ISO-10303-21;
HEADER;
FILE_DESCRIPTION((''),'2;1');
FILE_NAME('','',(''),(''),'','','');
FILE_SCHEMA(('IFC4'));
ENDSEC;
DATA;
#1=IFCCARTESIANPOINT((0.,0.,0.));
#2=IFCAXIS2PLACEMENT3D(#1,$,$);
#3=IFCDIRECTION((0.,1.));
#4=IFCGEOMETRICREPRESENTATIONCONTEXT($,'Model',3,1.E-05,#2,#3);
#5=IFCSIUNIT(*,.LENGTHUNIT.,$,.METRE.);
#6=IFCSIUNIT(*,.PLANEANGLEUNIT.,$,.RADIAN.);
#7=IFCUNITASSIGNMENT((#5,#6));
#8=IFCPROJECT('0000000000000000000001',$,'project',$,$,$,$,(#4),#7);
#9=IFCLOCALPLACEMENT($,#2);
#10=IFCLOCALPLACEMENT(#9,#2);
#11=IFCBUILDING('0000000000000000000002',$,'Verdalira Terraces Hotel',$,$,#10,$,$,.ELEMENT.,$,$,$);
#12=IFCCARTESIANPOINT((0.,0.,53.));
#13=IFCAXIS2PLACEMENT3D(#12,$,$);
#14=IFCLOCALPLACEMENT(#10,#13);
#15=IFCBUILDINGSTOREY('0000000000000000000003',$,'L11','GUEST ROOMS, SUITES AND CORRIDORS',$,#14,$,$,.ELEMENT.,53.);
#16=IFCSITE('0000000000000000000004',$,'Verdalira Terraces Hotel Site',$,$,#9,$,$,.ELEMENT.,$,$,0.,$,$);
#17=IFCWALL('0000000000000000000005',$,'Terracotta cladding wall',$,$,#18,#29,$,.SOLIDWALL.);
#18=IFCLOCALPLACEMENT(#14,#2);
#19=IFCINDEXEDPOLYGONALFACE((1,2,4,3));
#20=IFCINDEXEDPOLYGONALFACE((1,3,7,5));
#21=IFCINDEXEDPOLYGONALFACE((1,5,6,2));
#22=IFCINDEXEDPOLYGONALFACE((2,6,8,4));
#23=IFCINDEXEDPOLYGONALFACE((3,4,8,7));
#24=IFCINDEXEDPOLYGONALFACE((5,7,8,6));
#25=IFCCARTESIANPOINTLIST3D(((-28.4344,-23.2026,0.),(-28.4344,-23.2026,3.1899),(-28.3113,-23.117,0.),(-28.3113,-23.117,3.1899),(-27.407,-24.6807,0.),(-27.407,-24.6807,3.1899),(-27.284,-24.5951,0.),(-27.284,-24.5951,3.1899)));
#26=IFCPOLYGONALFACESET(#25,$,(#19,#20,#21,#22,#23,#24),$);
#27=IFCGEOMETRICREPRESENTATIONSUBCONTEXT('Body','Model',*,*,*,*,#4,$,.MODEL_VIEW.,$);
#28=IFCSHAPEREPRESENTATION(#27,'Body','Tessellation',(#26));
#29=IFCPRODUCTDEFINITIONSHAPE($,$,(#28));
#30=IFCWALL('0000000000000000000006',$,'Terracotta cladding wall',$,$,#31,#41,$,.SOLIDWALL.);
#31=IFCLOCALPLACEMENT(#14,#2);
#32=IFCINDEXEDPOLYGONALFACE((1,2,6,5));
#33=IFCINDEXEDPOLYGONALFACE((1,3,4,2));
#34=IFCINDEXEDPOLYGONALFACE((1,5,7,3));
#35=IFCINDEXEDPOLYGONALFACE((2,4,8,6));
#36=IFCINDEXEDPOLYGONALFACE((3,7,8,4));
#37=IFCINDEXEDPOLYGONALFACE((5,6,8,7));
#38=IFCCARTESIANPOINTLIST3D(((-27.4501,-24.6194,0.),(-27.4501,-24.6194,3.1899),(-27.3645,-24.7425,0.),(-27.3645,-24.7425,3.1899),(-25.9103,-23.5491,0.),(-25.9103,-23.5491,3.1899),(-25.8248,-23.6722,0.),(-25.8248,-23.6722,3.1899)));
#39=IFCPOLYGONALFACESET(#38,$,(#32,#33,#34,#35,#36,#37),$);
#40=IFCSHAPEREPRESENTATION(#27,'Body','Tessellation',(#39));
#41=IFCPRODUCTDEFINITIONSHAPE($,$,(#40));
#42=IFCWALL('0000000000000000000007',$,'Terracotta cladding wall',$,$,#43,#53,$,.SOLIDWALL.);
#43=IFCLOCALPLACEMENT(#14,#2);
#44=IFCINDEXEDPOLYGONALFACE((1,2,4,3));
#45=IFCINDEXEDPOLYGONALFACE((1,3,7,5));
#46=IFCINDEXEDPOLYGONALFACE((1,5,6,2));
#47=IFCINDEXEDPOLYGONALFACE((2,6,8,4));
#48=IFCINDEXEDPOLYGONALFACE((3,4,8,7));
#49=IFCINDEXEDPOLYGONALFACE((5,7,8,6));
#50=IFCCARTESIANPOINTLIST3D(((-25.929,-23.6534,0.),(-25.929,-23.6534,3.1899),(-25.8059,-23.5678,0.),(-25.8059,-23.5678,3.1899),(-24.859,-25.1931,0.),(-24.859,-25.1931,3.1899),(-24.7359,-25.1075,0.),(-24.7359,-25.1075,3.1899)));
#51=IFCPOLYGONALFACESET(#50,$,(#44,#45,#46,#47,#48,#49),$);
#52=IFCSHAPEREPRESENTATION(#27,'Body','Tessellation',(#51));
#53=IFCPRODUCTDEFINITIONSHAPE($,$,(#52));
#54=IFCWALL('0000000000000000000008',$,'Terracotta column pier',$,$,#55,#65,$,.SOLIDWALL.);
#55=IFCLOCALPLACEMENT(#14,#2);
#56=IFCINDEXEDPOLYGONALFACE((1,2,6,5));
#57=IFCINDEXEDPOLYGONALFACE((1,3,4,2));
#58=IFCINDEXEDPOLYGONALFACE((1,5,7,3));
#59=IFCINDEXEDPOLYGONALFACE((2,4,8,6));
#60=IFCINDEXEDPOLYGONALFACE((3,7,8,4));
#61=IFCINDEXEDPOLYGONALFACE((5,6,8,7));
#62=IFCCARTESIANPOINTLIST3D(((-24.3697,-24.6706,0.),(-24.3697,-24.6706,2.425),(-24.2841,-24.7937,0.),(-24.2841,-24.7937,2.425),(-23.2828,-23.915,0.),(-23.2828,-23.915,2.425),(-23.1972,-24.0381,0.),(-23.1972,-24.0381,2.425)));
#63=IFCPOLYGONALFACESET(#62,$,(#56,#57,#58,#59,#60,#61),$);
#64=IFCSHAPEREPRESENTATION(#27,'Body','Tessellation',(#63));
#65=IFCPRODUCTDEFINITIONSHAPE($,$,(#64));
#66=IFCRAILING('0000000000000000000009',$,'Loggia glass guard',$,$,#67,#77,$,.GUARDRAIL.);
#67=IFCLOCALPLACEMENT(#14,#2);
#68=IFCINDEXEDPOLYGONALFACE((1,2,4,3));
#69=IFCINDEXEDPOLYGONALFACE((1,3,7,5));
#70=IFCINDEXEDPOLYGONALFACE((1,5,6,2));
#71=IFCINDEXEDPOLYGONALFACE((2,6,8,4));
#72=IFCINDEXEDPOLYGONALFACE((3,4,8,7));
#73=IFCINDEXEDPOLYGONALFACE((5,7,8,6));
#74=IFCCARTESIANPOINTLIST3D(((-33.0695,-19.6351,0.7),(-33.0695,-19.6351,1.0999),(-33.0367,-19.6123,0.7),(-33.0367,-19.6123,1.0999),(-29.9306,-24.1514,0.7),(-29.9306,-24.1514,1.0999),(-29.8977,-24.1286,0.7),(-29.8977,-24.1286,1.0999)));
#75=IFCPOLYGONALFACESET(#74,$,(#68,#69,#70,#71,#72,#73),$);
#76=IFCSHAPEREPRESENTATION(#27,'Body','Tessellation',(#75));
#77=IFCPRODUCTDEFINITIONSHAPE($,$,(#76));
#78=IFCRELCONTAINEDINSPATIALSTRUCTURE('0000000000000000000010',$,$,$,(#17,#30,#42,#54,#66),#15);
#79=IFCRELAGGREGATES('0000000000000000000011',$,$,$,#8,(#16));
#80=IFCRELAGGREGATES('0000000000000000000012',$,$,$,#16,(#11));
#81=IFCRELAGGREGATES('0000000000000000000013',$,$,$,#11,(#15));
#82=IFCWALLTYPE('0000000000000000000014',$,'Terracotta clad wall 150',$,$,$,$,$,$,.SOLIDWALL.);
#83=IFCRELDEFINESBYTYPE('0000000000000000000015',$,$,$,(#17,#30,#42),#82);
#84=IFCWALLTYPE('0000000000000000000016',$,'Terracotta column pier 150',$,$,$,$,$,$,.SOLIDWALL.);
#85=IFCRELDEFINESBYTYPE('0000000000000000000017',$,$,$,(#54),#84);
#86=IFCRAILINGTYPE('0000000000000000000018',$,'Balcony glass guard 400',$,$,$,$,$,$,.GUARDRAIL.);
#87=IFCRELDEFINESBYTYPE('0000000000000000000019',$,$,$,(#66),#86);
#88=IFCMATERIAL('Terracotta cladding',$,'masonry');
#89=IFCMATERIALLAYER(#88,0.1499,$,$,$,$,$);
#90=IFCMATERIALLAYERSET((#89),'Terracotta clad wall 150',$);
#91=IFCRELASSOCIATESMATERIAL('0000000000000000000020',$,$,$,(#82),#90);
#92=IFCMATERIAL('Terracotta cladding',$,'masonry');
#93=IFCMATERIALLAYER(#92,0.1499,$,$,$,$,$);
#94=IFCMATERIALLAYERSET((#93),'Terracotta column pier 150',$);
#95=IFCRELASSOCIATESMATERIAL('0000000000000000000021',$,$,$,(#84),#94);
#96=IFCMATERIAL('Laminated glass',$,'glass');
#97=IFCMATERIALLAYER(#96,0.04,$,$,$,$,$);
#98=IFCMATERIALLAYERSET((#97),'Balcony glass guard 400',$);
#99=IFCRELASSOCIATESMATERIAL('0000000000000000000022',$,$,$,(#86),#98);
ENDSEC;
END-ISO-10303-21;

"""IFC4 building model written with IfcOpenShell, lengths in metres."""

from ifc_helpers import new_model, si_unit, direction, frame, frame_2d, origin, origin_2d, place, context, subcontext, project, spatial, rectangle, extrude, material, layer, layer_set, type_object, element, save


model = new_model("IFC4")

# Units and contexts
model_context = context("Model", 3, precision=1e-05, world=origin(), true_north=direction((0.0, 1.0)))
body_context = subcontext(model_context, "Body", "Model", "MODEL_VIEW")
ifc_project = project(units=[si_unit("LENGTHUNIT", "METRE"), si_unit("PLANEANGLEUNIT", "RADIAN")], contexts=[model_context])

# Site, building, storey
site_placement = place(None, origin())
site = spatial("IfcSite", under=ifc_project, at=site_placement, Name="Verdalira Terraces Hotel Site", CompositionType="ELEMENT", RefElevation=0.0)
building_placement = place(site_placement, origin())
building = spatial("IfcBuilding", under=site, at=building_placement, Name="Verdalira Terraces Hotel", CompositionType="ELEMENT")
storey_placement = place(building_placement, frame((0.0, 0.0, 53.0)))
storey = spatial("IfcBuildingStorey", under=building, at=storey_placement, Name="L11", Description="GUEST ROOMS, SUITES AND CORRIDORS", CompositionType="ELEMENT", Elevation=53.0)

# Walls
ifc_material_1 = material(Name="Terracotta cladding", Category="masonry")
ifc_layer_1 = layer(ifc_material_1, 0.1499)
ifc_layer_set_1 = layer_set([ifc_layer_1], Name="Terracotta clad wall 150")
wall_type_1 = type_object("IfcWallType", Name="Terracotta clad wall 150", PredefinedType="SOLIDWALL", material=ifc_layer_set_1)
wall_1_placement = place(storey_placement, frame((-28.3728, -23.1599, 0.0), z_axis=(0.0, 0.0, 1.0), x_axis=(0.570747, -0.821126, 0.0)))
element("IfcWall", 1, at=wall_1_placement, inside=storey, type_object=wall_type_1, Name="Terracotta cladding wall", PredefinedType="SOLIDWALL", context=body_context, shape_type="SweptSolid", body=[
    extrude(rectangle(XDim=1.8, YDim=0.1499, at=frame_2d((0.8999, 0.0))), origin(), (0.0, 0.0, 1.0), 3.1899),
])
wall_2_placement = place(storey_placement, frame((-27.4072, -24.6809, 0.0), z_axis=(0.0, 0.0, 1.0), x_axis=(0.821117, 0.570759, 0.0)))
element("IfcWall", 2, at=wall_2_placement, inside=storey, type_object=wall_type_1, Name="Terracotta cladding wall", PredefinedType="SOLIDWALL", context=body_context, shape_type="SweptSolid", body=[
    extrude(rectangle(XDim=1.8752, YDim=0.1499, at=frame_2d((0.9375, 0.0))), origin(), (0.0, 0.0, 1.0), 3.1899),
])
wall_3_placement = place(storey_placement, frame((-25.8674, -23.6106, 0.0), z_axis=(0.0, 0.0, 1.0), x_axis=(0.570671, -0.821178, 0.0)))
element("IfcWall", 3, at=wall_3_placement, inside=storey, type_object=wall_type_1, Name="Terracotta cladding wall", PredefinedType="SOLIDWALL", context=body_context, shape_type="SweptSolid", body=[
    extrude(rectangle(XDim=1.875, YDim=0.1499, at=frame_2d((0.9375, 0.0))), origin(), (0.0, 0.0, 1.0), 3.1899),
])
ifc_material_2 = material(Name="Terracotta cladding", Category="masonry")
ifc_layer_2 = layer(ifc_material_2, 0.1499)
ifc_layer_set_2 = layer_set([ifc_layer_2], Name="Terracotta column pier 150")
wall_type_2 = type_object("IfcWallType", Name="Terracotta column pier 150", PredefinedType="SOLIDWALL", material=ifc_layer_set_2)
wall_4_placement = place(storey_placement, frame((-24.3269, -24.7322, 0.0), z_axis=(0.0, 0.0, 1.0), x_axis=(0.821082, 0.57081, 0.0)))
element("IfcWall", 4, at=wall_4_placement, inside=storey, type_object=wall_type_2, Name="Terracotta column pier", PredefinedType="SOLIDWALL", context=body_context, shape_type="SweptSolid", body=[
    extrude(rectangle(XDim=1.3237, YDim=0.1499, at=frame_2d((0.6619, 0.0))), origin(), (0.0, 0.0, 1.0), 2.425),
])

# Railing
ifc_material_3 = material(Name="Laminated glass", Category="glass")
ifc_layer_3 = layer(ifc_material_3, 0.04)
ifc_layer_set_3 = layer_set([ifc_layer_3], Name="Balcony glass guard 400")
railing_type = type_object("IfcRailingType", Name="Balcony glass guard 400", PredefinedType="GUARDRAIL", material=ifc_layer_set_3)
railing_placement = place(storey_placement, frame((-31.4836, -21.8818, 0.7), z_axis=(0.0, 0.0, 1.0), x_axis=(0.570714, -0.821149, 0.0)))
element("IfcRailing", 5, at=railing_placement, inside=storey, type_object=railing_type, Name="Loggia glass guard", PredefinedType="GUARDRAIL", context=body_context, shape_type="SweptSolid", body=[
    extrude(rectangle(XDim=5.5, YDim=0.04, at=origin_2d()), origin(), (0.0, 0.0, 1.0), 0.3999),
])

save(model, "model.ifc")
